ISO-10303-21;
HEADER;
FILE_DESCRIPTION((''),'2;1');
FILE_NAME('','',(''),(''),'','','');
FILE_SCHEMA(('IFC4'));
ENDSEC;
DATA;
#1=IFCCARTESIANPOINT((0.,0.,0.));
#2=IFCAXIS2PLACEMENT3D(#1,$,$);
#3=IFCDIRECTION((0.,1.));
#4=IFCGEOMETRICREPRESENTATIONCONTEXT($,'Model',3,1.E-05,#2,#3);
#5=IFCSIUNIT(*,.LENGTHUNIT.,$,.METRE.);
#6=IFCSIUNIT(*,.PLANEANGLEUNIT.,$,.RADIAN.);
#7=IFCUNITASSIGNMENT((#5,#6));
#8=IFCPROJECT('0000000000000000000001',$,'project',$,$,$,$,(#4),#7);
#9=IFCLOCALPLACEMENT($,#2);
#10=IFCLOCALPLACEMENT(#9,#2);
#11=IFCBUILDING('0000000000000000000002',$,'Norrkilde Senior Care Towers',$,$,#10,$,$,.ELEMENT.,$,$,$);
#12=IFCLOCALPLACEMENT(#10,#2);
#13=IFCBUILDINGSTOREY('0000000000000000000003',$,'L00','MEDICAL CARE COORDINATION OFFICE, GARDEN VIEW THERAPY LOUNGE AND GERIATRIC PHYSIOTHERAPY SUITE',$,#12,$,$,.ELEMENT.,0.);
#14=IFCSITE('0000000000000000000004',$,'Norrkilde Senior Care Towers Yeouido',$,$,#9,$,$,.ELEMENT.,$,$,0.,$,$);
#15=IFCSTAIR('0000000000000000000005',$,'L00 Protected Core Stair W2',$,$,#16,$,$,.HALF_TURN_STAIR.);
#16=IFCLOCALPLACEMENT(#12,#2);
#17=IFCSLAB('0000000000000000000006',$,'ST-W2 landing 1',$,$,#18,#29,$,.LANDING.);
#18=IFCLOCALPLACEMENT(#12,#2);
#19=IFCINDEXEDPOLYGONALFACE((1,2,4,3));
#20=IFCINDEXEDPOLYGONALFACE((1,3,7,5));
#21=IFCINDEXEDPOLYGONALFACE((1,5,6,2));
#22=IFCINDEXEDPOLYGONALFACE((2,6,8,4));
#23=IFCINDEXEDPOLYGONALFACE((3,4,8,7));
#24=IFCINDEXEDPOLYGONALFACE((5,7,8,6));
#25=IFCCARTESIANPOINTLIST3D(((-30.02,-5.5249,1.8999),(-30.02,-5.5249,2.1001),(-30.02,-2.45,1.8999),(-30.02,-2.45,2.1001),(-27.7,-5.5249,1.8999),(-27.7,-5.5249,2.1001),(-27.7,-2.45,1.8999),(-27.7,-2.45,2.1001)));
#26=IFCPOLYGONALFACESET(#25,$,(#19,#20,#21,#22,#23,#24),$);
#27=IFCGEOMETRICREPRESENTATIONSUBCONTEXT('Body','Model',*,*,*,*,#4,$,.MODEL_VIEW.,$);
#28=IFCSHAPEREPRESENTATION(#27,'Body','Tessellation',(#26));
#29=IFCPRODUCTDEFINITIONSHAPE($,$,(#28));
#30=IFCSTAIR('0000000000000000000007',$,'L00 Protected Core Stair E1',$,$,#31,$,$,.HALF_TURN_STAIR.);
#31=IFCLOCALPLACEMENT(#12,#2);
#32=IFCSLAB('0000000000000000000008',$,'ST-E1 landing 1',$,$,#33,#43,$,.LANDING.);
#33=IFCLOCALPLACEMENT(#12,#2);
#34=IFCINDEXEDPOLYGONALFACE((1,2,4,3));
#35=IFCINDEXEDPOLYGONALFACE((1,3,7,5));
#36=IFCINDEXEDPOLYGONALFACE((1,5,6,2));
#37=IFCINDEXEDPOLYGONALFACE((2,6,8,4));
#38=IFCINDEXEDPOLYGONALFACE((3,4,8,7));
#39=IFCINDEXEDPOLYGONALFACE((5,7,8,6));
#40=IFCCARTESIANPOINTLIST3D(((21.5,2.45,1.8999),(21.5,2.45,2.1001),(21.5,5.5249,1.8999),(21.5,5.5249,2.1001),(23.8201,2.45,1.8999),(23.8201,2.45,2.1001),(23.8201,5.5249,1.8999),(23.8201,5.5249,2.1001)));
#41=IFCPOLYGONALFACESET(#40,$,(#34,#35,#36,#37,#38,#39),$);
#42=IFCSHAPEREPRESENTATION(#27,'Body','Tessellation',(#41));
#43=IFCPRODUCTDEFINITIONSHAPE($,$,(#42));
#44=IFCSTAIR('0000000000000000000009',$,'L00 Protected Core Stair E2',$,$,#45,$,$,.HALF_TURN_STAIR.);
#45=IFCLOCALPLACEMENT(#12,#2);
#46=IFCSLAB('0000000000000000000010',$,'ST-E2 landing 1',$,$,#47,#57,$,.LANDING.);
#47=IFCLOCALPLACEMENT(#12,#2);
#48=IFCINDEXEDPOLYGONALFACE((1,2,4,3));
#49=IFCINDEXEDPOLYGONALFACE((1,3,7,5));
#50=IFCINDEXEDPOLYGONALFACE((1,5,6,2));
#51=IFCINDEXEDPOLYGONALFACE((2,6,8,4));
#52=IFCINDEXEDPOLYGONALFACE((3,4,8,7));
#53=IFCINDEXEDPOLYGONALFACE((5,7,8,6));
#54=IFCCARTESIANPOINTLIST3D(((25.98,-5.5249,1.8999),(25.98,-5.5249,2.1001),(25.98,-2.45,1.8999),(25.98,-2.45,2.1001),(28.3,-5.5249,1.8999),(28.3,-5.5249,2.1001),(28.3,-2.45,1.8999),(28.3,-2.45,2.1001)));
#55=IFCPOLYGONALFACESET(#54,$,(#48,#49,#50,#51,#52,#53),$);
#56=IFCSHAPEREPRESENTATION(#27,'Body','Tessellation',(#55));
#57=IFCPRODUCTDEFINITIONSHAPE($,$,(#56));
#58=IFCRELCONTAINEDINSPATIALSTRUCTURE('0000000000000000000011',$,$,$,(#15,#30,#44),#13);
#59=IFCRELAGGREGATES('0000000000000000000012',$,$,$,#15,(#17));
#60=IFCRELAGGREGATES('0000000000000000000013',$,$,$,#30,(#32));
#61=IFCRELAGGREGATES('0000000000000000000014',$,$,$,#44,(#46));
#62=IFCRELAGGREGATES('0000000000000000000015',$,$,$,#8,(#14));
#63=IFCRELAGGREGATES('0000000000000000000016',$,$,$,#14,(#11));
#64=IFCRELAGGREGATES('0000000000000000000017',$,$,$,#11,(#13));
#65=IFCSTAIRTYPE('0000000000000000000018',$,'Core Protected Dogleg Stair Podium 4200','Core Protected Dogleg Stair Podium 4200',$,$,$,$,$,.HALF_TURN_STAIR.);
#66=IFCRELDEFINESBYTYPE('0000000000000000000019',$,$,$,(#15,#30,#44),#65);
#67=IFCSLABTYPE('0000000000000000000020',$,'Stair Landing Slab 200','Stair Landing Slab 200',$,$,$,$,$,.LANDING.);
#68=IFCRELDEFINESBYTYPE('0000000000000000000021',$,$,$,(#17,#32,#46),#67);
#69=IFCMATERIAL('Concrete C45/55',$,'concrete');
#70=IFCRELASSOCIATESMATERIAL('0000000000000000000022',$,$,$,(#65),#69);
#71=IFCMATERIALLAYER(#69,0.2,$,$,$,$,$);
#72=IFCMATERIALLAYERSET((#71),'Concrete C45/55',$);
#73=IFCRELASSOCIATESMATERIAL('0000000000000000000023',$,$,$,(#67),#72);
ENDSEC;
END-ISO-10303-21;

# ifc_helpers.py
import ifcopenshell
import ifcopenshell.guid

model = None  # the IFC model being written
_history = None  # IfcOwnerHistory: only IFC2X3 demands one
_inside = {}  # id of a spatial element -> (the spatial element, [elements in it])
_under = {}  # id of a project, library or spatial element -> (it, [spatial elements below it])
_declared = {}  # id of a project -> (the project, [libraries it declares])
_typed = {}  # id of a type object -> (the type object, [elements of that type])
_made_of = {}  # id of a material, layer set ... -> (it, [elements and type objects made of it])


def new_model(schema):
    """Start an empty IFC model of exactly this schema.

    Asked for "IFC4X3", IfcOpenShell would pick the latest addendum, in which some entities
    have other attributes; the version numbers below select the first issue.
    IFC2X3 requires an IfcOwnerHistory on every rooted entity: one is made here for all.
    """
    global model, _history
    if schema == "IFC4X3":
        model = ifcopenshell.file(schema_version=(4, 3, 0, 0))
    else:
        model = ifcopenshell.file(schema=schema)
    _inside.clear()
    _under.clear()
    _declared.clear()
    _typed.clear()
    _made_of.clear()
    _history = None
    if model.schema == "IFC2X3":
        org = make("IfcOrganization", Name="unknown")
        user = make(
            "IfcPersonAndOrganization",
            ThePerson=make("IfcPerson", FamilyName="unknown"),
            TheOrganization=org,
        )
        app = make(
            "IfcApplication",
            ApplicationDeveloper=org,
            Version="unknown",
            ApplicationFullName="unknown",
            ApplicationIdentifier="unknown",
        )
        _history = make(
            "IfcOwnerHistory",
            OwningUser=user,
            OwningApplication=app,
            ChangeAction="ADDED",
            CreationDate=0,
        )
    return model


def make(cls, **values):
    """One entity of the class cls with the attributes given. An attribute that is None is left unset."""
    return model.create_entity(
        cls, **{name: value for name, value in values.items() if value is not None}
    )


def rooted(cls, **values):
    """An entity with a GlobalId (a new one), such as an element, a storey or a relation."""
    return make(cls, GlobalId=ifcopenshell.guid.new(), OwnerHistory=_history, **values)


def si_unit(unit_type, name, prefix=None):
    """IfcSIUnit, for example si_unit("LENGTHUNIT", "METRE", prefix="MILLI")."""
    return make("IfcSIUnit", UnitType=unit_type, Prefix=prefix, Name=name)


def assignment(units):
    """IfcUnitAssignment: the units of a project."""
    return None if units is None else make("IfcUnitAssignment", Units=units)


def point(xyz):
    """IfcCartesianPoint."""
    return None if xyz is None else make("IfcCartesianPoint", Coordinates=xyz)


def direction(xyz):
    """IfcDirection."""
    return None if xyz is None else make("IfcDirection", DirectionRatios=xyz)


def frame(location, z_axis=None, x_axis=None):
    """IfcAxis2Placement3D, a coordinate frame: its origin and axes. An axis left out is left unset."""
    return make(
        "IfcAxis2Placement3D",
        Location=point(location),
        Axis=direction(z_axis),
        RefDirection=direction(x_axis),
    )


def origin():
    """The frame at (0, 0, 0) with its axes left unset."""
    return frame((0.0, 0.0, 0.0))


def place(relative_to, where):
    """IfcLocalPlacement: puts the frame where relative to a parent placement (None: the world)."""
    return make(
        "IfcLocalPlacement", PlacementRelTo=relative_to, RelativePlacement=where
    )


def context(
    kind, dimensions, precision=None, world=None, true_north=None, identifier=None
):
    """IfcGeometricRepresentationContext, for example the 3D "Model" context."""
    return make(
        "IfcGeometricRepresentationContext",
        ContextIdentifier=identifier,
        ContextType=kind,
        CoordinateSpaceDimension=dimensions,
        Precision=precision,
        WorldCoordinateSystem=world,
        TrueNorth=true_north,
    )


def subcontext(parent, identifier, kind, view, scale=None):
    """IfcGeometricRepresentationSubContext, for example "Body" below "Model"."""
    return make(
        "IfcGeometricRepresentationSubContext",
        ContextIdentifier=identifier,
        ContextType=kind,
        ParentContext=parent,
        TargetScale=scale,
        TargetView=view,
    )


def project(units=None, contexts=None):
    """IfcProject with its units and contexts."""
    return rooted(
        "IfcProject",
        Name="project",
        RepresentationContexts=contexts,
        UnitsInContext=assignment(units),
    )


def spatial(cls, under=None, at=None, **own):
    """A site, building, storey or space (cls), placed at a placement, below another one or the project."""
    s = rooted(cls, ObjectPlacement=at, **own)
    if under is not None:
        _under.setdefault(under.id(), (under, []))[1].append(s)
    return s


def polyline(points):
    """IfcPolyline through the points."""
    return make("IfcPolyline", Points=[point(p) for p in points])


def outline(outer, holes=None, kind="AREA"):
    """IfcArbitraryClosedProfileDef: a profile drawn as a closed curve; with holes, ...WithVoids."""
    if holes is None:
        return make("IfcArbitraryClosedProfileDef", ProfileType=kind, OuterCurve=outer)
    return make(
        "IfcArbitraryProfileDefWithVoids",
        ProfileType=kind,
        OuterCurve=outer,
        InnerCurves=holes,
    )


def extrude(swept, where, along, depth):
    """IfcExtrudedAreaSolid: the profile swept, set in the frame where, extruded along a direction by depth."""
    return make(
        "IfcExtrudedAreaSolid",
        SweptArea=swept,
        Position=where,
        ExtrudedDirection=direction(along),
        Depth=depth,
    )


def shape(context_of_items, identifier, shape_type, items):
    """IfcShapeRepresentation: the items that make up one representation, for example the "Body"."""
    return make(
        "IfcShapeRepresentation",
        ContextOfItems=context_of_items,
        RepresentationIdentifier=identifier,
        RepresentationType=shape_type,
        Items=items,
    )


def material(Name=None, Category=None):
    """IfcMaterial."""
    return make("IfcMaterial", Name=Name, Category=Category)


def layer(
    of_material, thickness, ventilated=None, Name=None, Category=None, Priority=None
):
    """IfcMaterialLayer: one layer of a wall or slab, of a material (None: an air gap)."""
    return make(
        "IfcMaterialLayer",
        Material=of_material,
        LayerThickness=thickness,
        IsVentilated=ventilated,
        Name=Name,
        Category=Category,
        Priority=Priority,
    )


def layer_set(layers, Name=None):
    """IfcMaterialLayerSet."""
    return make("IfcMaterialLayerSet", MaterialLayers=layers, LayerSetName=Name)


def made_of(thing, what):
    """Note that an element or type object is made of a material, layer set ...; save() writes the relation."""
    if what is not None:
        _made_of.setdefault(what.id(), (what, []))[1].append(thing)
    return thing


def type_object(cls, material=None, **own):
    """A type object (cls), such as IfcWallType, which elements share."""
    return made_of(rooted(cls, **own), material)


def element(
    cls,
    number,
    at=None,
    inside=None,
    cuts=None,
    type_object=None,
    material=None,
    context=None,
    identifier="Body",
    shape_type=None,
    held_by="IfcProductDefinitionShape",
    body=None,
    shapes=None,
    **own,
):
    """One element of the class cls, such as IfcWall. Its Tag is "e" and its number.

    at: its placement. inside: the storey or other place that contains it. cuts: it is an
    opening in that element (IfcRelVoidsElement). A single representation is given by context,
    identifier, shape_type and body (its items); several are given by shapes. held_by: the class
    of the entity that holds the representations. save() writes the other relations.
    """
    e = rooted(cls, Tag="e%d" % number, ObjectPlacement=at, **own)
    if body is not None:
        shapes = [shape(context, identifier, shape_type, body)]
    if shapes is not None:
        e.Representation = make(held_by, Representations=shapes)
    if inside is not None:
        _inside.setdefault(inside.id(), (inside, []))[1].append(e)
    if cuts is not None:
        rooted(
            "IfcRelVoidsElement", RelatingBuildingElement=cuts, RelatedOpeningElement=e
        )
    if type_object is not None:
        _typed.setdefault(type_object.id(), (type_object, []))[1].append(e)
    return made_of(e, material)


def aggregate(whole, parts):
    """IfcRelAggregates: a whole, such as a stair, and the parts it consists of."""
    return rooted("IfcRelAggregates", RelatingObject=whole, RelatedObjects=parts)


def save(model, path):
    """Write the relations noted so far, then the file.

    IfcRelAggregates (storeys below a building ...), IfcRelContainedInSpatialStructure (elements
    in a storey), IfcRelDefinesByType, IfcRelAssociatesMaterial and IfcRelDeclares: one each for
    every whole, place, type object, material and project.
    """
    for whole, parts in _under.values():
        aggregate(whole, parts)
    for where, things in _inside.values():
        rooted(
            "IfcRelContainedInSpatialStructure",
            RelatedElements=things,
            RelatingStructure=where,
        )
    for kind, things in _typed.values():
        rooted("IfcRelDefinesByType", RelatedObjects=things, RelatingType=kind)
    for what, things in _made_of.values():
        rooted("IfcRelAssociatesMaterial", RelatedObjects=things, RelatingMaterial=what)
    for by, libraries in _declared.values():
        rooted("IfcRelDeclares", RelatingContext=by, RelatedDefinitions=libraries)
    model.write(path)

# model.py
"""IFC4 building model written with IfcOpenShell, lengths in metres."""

from ifc_helpers import new_model, si_unit, direction, frame, origin, place, context, subcontext, project, spatial, polyline, outline, extrude, material, layer, layer_set, type_object, element, aggregate, save


model = new_model("IFC4")

# Units and contexts
model_context = context("Model", 3, precision=1e-05, world=origin(), true_north=direction((0.0, 1.0)))
body_context = subcontext(model_context, "Body", "Model", "MODEL_VIEW")
ifc_project = project(units=[si_unit("LENGTHUNIT", "METRE"), si_unit("PLANEANGLEUNIT", "RADIAN")], contexts=[model_context])

# Site, building, storey
site_placement = place(None, origin())
site = spatial("IfcSite", under=ifc_project, at=site_placement, Name="Norrkilde Senior Care Towers Yeouido", CompositionType="ELEMENT", RefElevation=0.0)
building_placement = place(site_placement, origin())
building = spatial("IfcBuilding", under=site, at=building_placement, Name="Norrkilde Senior Care Towers", CompositionType="ELEMENT")
storey_placement = place(building_placement, origin())
storey = spatial("IfcBuildingStorey", under=building, at=storey_placement, Name="L00", Description="MEDICAL CARE COORDINATION OFFICE, GARDEN VIEW THERAPY LOUNGE AND GERIATRIC PHYSIOTHERAPY SUITE", CompositionType="ELEMENT", Elevation=0.0)

# Shared definitions
ifc_material_1 = material(Name="Concrete C45/55", Category="concrete")

# Stairs, slabs
stair_type = type_object("IfcStairType", Name="Core Protected Dogleg Stair Podium 4200", Description="Core Protected Dogleg Stair Podium 4200", PredefinedType="HALF_TURN_STAIR", material=ifc_material_1)
ifc_layer_1 = layer(ifc_material_1, 0.2)
ifc_layer_set_1 = layer_set([ifc_layer_1], Name="Concrete C45/55")
slab_type_1 = type_object("IfcSlabType", Name="Stair Landing Slab 200", Description="Stair Landing Slab 200", PredefinedType="LANDING", material=ifc_layer_set_1)
stair_1_placement = place(storey_placement, origin())
stair_1 = element("IfcStair", 1, at=stair_1_placement, inside=storey, type_object=stair_type, Name="L00 Protected Core Stair W2", PredefinedType="HALF_TURN_STAIR")
slab_1_placement = place(storey_placement, frame((0.0, 0.0, 1.8999)))
slab_1 = element("IfcSlab", 2, at=slab_1_placement, type_object=slab_type_1, Name="ST-W2 landing 1", PredefinedType="LANDING", context=body_context, shape_type="SweptSolid", body=[
    extrude(outline(polyline([(-30.02, -5.5249), (-27.7, -5.5249), (-27.7, -2.45), (-30.02, -2.45), (-30.02, -5.5249)])), origin(), (0.0, 0.0, 1.0), 0.2002),
])
aggregate(stair_1, [slab_1])
stair_2_placement = place(storey_placement, origin())
stair_2 = element("IfcStair", 3, at=stair_2_placement, inside=storey, type_object=stair_type, Name="L00 Protected Core Stair E1", PredefinedType="HALF_TURN_STAIR")
slab_2_placement = place(storey_placement, frame((0.0, 0.0, 1.8999)))
slab_2 = element("IfcSlab", 4, at=slab_2_placement, type_object=slab_type_1, Name="ST-E1 landing 1", PredefinedType="LANDING", context=body_context, shape_type="SweptSolid", body=[
    extrude(outline(polyline([(23.8201, 5.5249), (21.5, 5.5249), (21.5, 2.45), (23.8201, 2.45), (23.8201, 5.5249)])), origin(), (0.0, 0.0, 1.0), 0.2002),
])
aggregate(stair_2, [slab_2])
stair_3_placement = place(storey_placement, origin())
stair_3 = element("IfcStair", 5, at=stair_3_placement, inside=storey, type_object=stair_type, Name="L00 Protected Core Stair E2", PredefinedType="HALF_TURN_STAIR")
slab_3_placement = place(storey_placement, frame((0.0, 0.0, 1.8999)))
slab_3 = element("IfcSlab", 6, at=slab_3_placement, type_object=slab_type_1, Name="ST-E2 landing 1", PredefinedType="LANDING", context=body_context, shape_type="SweptSolid", body=[
    extrude(outline(polyline([(25.98, -5.5249), (28.3, -5.5249), (28.3, -2.45), (25.98, -2.45), (25.98, -5.5249)])), origin(), (0.0, 0.0, 1.0), 0.2002),
])
aggregate(stair_3, [slab_3])

save(model, "model.ifc")
